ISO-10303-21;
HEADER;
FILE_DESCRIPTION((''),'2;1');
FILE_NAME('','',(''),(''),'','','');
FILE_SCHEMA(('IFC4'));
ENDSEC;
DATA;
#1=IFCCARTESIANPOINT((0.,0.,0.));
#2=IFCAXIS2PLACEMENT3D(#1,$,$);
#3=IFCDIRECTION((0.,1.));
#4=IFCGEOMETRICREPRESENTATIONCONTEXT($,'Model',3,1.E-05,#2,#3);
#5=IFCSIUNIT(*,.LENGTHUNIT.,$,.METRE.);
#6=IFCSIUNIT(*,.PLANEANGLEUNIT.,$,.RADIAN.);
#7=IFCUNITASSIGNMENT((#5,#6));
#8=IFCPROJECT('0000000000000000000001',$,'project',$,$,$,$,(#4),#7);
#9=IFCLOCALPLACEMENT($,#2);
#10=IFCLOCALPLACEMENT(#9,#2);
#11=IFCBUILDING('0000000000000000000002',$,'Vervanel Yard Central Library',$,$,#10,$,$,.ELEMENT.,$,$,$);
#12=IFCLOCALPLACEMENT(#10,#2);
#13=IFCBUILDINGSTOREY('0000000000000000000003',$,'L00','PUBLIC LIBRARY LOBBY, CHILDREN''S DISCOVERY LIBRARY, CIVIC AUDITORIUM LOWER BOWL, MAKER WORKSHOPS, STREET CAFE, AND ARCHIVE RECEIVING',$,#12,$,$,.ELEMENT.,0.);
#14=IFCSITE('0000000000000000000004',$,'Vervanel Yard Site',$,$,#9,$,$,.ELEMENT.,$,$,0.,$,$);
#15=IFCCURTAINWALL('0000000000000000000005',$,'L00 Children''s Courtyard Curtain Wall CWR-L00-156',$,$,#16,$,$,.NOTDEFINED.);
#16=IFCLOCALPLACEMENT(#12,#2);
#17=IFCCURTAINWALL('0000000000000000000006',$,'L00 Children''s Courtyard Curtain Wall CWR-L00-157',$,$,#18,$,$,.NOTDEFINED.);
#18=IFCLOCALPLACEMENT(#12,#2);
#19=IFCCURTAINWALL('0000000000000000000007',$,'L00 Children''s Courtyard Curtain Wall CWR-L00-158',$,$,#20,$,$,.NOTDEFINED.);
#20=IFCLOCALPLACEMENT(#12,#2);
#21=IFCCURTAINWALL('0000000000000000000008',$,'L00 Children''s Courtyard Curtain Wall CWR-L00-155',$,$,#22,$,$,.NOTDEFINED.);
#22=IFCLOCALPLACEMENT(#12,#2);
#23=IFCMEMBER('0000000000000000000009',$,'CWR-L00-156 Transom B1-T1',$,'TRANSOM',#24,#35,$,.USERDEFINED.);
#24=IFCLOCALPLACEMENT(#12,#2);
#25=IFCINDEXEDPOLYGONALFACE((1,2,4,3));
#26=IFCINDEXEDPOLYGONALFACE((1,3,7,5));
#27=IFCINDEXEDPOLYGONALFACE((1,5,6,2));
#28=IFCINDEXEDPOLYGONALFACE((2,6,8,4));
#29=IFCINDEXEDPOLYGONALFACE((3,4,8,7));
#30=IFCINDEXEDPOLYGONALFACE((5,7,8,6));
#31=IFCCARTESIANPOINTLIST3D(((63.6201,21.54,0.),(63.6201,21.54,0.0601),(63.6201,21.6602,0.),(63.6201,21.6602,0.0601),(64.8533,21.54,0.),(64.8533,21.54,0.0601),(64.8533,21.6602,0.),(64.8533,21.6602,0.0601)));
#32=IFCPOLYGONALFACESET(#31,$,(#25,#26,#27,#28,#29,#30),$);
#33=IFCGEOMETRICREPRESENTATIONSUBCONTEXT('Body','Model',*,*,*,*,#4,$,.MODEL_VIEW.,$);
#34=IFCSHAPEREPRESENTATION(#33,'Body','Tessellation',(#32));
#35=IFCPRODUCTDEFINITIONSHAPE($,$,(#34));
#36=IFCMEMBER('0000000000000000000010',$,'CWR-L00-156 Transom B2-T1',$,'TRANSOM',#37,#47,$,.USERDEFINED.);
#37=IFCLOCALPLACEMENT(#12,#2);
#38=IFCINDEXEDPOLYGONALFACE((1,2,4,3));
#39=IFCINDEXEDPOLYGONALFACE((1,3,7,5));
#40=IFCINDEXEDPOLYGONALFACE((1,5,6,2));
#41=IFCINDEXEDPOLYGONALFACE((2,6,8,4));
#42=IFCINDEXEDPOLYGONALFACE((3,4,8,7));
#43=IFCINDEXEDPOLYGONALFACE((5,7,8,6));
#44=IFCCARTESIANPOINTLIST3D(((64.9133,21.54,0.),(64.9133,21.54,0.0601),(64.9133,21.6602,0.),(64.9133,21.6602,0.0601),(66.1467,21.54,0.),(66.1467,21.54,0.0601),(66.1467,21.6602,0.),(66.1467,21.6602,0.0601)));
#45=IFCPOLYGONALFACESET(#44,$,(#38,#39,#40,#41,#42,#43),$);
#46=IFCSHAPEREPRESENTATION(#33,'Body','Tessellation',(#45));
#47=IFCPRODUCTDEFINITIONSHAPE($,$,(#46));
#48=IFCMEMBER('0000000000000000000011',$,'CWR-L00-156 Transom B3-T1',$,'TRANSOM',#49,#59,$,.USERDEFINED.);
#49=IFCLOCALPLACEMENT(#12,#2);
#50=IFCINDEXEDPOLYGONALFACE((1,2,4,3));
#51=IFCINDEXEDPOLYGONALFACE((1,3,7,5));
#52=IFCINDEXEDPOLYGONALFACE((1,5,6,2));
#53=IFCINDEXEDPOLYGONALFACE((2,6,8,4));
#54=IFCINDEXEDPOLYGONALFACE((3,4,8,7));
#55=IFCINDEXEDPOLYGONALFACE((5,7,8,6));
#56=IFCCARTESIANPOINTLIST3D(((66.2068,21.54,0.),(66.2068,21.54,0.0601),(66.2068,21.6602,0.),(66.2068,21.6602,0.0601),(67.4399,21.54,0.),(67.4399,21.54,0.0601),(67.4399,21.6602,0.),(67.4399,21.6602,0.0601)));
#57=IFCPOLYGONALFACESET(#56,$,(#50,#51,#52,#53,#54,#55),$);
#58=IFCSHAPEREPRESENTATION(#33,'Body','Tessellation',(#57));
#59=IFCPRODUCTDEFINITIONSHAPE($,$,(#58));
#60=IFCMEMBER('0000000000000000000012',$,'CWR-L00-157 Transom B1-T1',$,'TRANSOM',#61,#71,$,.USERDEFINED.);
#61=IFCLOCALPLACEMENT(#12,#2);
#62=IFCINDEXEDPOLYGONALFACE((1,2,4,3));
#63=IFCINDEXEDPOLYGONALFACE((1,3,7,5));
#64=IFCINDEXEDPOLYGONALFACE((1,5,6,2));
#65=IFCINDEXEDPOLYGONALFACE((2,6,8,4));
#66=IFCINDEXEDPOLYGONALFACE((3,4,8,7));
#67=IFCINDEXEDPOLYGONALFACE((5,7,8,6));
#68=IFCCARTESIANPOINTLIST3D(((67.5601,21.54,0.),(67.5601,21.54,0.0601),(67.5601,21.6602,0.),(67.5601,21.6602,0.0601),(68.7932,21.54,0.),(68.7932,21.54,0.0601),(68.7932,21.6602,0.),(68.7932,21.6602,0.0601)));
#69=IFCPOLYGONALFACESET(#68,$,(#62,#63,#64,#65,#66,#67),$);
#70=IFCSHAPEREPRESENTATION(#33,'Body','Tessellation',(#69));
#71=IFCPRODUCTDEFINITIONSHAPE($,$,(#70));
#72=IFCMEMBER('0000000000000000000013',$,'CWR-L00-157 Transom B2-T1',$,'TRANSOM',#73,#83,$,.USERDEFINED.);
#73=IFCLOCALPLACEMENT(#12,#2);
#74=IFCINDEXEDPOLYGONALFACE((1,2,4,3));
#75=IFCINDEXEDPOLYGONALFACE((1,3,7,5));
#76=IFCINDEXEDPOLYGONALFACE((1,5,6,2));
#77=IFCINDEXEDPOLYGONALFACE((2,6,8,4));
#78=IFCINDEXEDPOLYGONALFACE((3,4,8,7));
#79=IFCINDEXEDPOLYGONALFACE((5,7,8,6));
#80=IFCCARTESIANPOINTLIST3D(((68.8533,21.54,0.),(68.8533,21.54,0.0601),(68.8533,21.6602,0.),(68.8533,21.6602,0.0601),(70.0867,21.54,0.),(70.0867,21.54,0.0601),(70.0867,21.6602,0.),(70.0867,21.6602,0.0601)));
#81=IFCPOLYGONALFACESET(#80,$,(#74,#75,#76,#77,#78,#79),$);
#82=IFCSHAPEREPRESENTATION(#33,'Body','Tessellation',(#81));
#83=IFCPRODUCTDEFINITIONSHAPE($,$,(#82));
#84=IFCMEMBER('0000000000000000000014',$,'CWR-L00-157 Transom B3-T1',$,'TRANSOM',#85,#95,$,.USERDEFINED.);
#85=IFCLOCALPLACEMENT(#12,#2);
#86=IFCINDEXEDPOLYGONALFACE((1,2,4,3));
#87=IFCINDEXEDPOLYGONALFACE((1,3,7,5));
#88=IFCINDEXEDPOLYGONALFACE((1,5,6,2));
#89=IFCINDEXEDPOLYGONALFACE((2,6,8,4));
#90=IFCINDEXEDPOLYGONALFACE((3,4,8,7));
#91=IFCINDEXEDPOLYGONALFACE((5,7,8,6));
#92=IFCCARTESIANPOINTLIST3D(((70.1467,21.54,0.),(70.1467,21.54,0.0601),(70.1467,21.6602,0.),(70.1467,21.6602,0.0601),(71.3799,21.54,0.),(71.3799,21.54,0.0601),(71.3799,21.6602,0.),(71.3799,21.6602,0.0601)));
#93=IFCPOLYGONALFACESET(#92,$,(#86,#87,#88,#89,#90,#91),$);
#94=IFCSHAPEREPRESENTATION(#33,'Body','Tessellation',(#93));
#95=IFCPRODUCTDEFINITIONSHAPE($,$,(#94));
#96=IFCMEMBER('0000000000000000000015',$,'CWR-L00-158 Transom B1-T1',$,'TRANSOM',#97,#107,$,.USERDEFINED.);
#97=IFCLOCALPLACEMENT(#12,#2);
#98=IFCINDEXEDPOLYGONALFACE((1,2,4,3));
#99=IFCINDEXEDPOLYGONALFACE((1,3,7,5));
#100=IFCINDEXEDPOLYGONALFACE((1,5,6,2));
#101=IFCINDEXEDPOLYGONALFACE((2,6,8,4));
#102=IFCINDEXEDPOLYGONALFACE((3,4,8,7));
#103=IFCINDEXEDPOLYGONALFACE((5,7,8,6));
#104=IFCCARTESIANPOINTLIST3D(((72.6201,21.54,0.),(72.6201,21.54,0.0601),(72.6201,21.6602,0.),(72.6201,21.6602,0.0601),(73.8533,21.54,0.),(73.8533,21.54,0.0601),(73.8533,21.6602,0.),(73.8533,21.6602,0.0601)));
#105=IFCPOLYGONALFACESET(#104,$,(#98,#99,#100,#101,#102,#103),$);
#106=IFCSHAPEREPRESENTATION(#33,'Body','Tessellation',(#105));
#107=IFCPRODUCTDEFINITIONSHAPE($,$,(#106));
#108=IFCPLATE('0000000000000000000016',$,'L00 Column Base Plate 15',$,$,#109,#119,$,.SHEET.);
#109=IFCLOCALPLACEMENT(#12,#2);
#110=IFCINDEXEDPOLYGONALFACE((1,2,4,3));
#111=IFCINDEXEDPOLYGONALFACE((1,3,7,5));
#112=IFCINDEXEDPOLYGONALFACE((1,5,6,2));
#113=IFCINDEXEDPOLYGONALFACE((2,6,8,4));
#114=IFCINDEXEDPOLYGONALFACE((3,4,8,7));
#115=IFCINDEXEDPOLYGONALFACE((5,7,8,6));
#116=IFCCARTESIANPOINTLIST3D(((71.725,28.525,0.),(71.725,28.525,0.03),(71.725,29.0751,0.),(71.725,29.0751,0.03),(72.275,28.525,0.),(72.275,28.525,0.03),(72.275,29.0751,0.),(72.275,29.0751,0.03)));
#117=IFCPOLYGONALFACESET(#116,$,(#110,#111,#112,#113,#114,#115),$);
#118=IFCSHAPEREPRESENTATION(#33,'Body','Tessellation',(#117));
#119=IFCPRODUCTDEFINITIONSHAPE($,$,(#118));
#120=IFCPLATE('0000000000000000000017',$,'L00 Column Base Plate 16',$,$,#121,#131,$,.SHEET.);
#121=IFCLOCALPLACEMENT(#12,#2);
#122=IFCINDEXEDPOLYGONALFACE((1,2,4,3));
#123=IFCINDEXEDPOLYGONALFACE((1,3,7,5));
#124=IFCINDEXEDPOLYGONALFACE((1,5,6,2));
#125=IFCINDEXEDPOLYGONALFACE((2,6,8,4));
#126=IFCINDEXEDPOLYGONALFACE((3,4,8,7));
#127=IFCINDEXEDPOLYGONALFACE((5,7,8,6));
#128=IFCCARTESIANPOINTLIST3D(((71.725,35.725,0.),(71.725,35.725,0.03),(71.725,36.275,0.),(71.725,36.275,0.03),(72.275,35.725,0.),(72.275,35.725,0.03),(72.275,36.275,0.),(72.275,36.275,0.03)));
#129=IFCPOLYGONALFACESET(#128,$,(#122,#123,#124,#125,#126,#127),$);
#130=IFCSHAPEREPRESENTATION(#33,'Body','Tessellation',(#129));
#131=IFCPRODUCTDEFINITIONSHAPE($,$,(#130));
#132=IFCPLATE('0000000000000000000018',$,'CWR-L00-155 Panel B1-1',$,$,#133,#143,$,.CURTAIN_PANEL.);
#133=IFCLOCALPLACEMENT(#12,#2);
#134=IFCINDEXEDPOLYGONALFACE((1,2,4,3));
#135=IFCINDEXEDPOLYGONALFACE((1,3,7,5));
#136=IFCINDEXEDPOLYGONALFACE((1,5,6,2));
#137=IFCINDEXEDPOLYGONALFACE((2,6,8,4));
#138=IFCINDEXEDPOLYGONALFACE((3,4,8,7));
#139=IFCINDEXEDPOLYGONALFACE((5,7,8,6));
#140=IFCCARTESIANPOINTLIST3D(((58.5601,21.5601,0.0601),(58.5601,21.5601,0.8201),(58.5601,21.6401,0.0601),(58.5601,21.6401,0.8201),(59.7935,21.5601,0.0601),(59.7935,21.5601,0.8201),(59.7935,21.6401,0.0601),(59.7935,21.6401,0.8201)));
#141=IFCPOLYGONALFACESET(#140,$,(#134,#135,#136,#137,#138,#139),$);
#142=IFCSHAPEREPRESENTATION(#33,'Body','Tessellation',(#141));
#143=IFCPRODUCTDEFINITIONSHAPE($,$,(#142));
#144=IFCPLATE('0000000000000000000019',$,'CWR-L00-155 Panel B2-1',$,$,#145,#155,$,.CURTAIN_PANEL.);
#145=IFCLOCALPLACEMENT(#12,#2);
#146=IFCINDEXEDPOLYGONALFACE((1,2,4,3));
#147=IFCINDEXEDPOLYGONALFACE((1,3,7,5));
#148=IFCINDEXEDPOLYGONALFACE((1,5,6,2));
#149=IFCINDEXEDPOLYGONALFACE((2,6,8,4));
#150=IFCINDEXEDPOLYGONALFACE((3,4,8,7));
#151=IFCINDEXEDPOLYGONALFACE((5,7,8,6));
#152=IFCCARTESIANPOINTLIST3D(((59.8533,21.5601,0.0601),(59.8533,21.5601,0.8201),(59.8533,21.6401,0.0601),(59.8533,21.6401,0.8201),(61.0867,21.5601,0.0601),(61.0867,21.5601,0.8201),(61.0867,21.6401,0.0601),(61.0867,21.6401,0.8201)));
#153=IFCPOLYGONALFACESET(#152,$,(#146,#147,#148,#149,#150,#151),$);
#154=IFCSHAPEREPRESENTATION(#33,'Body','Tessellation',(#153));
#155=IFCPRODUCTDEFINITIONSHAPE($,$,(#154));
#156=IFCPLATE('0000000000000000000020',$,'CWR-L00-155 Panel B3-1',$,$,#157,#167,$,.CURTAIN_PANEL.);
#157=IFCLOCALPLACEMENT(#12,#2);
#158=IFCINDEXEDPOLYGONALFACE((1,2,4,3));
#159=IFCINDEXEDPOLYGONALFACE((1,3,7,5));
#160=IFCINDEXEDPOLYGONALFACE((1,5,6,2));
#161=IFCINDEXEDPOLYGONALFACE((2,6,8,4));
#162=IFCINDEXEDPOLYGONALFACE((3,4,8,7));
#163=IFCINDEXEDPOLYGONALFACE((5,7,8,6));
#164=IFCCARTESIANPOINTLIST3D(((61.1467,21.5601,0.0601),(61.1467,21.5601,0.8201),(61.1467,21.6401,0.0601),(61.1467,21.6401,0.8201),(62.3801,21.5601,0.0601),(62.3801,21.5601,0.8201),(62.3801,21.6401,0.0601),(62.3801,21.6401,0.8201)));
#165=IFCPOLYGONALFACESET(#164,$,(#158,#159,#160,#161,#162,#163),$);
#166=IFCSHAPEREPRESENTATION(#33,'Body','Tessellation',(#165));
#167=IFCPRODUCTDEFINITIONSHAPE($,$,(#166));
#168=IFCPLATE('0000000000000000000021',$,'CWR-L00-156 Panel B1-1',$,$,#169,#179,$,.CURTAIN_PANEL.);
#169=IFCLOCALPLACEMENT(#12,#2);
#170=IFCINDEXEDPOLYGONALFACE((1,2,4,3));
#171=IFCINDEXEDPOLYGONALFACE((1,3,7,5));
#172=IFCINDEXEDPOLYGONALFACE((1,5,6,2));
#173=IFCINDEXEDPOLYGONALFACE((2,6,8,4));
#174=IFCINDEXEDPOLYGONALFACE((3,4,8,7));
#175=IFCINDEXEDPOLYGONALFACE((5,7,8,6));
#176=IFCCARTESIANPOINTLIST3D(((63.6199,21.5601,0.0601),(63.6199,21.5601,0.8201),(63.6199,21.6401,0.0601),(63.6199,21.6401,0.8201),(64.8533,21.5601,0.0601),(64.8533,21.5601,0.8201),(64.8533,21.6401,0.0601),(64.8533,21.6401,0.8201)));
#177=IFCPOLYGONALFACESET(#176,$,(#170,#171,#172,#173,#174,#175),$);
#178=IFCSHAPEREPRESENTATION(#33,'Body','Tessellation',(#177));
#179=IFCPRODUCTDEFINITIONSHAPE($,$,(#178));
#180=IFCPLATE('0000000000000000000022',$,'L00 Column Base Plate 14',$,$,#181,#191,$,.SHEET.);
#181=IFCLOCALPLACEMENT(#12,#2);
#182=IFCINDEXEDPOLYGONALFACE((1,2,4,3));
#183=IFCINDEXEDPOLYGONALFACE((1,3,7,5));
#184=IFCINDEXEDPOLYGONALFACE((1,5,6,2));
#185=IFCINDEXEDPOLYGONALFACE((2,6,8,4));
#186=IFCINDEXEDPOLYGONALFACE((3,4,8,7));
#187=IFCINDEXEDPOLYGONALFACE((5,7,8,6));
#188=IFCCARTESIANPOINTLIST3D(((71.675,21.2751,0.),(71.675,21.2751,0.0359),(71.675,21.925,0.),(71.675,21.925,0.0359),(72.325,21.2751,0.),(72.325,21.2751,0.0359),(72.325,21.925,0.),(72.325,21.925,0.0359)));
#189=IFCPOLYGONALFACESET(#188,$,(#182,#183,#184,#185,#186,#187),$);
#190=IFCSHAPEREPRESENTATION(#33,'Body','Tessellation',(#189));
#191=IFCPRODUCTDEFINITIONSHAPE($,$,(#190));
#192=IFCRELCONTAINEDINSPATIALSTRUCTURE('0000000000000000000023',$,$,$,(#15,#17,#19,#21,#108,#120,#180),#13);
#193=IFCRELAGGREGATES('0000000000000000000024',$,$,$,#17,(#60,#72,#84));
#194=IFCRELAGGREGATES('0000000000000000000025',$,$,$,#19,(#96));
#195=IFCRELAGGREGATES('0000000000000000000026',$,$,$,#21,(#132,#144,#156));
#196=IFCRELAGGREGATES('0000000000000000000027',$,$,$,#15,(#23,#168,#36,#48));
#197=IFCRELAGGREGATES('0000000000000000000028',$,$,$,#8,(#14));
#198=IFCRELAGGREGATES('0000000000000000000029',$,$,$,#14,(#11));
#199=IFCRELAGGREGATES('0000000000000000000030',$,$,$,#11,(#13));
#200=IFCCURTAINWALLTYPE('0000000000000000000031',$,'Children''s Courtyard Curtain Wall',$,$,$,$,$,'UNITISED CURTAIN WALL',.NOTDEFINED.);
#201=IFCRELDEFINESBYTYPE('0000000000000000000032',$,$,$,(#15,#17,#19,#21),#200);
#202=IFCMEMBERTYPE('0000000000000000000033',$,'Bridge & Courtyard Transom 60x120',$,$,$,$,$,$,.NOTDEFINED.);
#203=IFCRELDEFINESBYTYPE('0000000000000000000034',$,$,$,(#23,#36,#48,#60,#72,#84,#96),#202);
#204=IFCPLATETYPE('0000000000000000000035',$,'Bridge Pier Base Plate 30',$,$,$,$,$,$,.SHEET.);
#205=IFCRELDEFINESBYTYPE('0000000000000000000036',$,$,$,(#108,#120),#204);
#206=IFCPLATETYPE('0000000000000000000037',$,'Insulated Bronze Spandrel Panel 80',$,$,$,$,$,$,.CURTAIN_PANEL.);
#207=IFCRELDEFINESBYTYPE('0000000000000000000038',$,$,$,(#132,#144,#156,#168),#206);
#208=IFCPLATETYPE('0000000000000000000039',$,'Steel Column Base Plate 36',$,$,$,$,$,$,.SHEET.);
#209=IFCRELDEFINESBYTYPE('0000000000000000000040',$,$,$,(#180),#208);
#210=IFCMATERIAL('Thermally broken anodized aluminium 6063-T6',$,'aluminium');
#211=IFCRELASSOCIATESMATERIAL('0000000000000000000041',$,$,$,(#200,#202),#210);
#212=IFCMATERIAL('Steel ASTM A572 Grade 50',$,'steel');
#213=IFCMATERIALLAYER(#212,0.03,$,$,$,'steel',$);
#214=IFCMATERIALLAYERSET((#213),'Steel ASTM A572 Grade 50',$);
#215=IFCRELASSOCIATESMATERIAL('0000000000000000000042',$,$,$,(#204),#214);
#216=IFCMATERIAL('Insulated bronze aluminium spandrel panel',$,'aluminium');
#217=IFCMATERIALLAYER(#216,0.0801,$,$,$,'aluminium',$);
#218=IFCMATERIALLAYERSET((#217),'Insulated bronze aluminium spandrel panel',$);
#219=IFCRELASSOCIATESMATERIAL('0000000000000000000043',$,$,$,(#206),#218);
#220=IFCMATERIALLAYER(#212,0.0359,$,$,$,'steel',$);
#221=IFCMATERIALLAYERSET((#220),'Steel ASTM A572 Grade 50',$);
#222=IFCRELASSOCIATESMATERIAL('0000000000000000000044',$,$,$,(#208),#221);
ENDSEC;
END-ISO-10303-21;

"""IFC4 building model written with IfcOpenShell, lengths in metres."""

from ifc_helpers import new_model, si_unit, direction, frame, origin, origin_2d, place, context, subcontext, project, spatial, rectangle, extrude, material, layer, layer_set, material_profile, profile_set, type_object, element, aggregate, save


model = new_model("IFC4")

# Units and contexts
model_context = context("Model", 3, precision=1e-05, world=origin(), true_north=direction((0.0, 1.0)))
body_context = subcontext(model_context, "Body", "Model", "MODEL_VIEW")
ifc_project = project(units=[si_unit("LENGTHUNIT", "METRE"), si_unit("PLANEANGLEUNIT", "RADIAN")], contexts=[model_context])

# Site, building, storey
site_placement = place(None, origin())
site = spatial("IfcSite", under=ifc_project, at=site_placement, Name="Vervanel Yard Site", CompositionType="ELEMENT", RefElevation=0.0)
building_placement = place(site_placement, origin())
building = spatial("IfcBuilding", under=site, at=building_placement, Name="Vervanel Yard Central Library", CompositionType="ELEMENT")
storey_placement = place(building_placement, origin())
storey = spatial("IfcBuildingStorey", under=building, at=storey_placement, Name="L00", Description="PUBLIC LIBRARY LOBBY, CHILDREN'S DISCOVERY LIBRARY, CIVIC AUDITORIUM LOWER BOWL, MAKER WORKSHOPS, STREET CAFE, AND ARCHIVE RECEIVING", CompositionType="ELEMENT", Elevation=0.0)

# Curtain walls
ifc_material_1 = material(Name="Thermally broken anodized aluminium 6063-T6", Category="aluminium")
curtain_wall_type = type_object("IfcCurtainWallType", Name="Children's Courtyard Curtain Wall", ElementType="UNITISED CURTAIN WALL", PredefinedType="NOTDEFINED", material=ifc_material_1)
curtain_wall_1_placement = place(storey_placement, origin())
curtain_wall_1 = element("IfcCurtainWall", 1, at=curtain_wall_1_placement, inside=storey, type_object=curtain_wall_type, Name="L00 Children's Courtyard Curtain Wall CWR-L00-156", PredefinedType="NOTDEFINED")
curtain_wall_2_placement = place(storey_placement, origin())
curtain_wall_2 = element("IfcCurtainWall", 2, at=curtain_wall_2_placement, inside=storey, type_object=curtain_wall_type, Name="L00 Children's Courtyard Curtain Wall CWR-L00-157", PredefinedType="NOTDEFINED")

# Curtain wall
curtain_wall_3_placement = place(storey_placement, origin())
curtain_wall_3 = element("IfcCurtainWall", 3, at=curtain_wall_3_placement, inside=storey, type_object=curtain_wall_type, Name="L00 Children's Courtyard Curtain Wall CWR-L00-158", PredefinedType="NOTDEFINED")

# Curtain wall
curtain_wall_4_placement = place(storey_placement, origin())
curtain_wall_4 = element("IfcCurtainWall", 4, at=curtain_wall_4_placement, inside=storey, type_object=curtain_wall_type, Name="L00 Children's Courtyard Curtain Wall CWR-L00-155", PredefinedType="NOTDEFINED")
ifc_material_profile_1 = material_profile(ifc_material_1, rectangle(XDim=0.0601, YDim=0.1201, at=origin_2d()), Name="ALU 60x120", Category="aluminium")
ifc_profile_set_1 = profile_set([ifc_material_profile_1], Name="Thermally broken anodized aluminium 6063-T6")
member_type_1 = type_object("IfcMemberType", Name="Bridge & Courtyard Transom 60x120", PredefinedType="NOTDEFINED", material=ifc_profile_set_1)

# Members
member_1_placement = place(storey_placement, frame((63.6201, 21.6001, 0.03), z_axis=(1.0, 0.0, 0.0), x_axis=(0.0, 0.0, 1.0)))
member_1 = element("IfcMember", 5, at=member_1_placement, type_object=member_type_1, Name="CWR-L00-156 Transom B1-T1", ObjectType="TRANSOM", PredefinedType="USERDEFINED", context=body_context, shape_type="SweptSolid", body=[
    extrude(rectangle(XDim=0.0601, YDim=0.1201, at=origin_2d()), origin(), (0.0, 0.0, 1.0), 1.2332),
])
member_2_placement = place(storey_placement, frame((64.9133, 21.6001, 0.03), z_axis=(1.0, 0.0, 0.0), x_axis=(0.0, 0.0, 1.0)))
member_2 = element("IfcMember", 6, at=member_2_placement, type_object=member_type_1, Name="CWR-L00-156 Transom B2-T1", ObjectType="TRANSOM", PredefinedType="USERDEFINED", context=body_context, shape_type="SweptSolid", body=[
    extrude(rectangle(XDim=0.0601, YDim=0.1201, at=origin_2d()), origin(), (0.0, 0.0, 1.0), 1.2334),
])
member_3_placement = place(storey_placement, frame((66.2068, 21.6001, 0.03), z_axis=(1.0, 0.0, 0.0), x_axis=(0.0, 0.0, 1.0)))
member_3 = element("IfcMember", 7, at=member_3_placement, type_object=member_type_1, Name="CWR-L00-156 Transom B3-T1", ObjectType="TRANSOM", PredefinedType="USERDEFINED", context=body_context, shape_type="SweptSolid", body=[
    extrude(rectangle(XDim=0.0601, YDim=0.1201, at=origin_2d()), origin(), (0.0, 0.0, 1.0), 1.2332),
])
member_4_placement = place(storey_placement, frame((67.5601, 21.6001, 0.03), z_axis=(1.0, 0.0, 0.0), x_axis=(0.0, 0.0, 1.0)))
member_4 = element("IfcMember", 8, at=member_4_placement, type_object=member_type_1, Name="CWR-L00-157 Transom B1-T1", ObjectType="TRANSOM", PredefinedType="USERDEFINED", context=body_context, shape_type="SweptSolid", body=[
    extrude(rectangle(XDim=0.0601, YDim=0.1201, at=origin_2d()), origin(), (0.0, 0.0, 1.0), 1.2332),
])
member_5_placement = place(storey_placement, frame((68.8533, 21.6001, 0.03), z_axis=(1.0, 0.0, 0.0), x_axis=(0.0, 0.0, 1.0)))
member_5 = element("IfcMember", 9, at=member_5_placement, type_object=member_type_1, Name="CWR-L00-157 Transom B2-T1", ObjectType="TRANSOM", PredefinedType="USERDEFINED", context=body_context, shape_type="SweptSolid", body=[
    extrude(rectangle(XDim=0.0601, YDim=0.1201, at=origin_2d()), origin(), (0.0, 0.0, 1.0), 1.2334),
])
member_6_placement = place(storey_placement, frame((70.1467, 21.6001, 0.03), z_axis=(1.0, 0.0, 0.0), x_axis=(0.0, 0.0, 1.0)))
member_6 = element("IfcMember", 10, at=member_6_placement, type_object=member_type_1, Name="CWR-L00-157 Transom B3-T1", ObjectType="TRANSOM", PredefinedType="USERDEFINED", context=body_context, shape_type="SweptSolid", body=[
    extrude(rectangle(XDim=0.0601, YDim=0.1201, at=origin_2d()), origin(), (0.0, 0.0, 1.0), 1.2332),
])
aggregate(curtain_wall_2, [member_4, member_5, member_6])
member_7_placement = place(storey_placement, frame((72.6201, 21.6001, 0.03), z_axis=(1.0, 0.0, 0.0), x_axis=(0.0, 0.0, 1.0)))
member_7 = element("IfcMember", 11, at=member_7_placement, type_object=member_type_1, Name="CWR-L00-158 Transom B1-T1", ObjectType="TRANSOM", PredefinedType="USERDEFINED", context=body_context, shape_type="SweptSolid", body=[
    extrude(rectangle(XDim=0.0601, YDim=0.1201, at=origin_2d()), origin(), (0.0, 0.0, 1.0), 1.2332),
])
aggregate(curtain_wall_3, [member_7])

# Plates
ifc_material_2 = material(Name="Steel ASTM A572 Grade 50", Category="steel")
ifc_layer_1 = layer(ifc_material_2, 0.03, Category="steel")
ifc_layer_set_1 = layer_set([ifc_layer_1], Name="Steel ASTM A572 Grade 50")
plate_type_1 = type_object("IfcPlateType", Name="Bridge Pier Base Plate 30", PredefinedType="SHEET", material=ifc_layer_set_1)
for number, where, z_axis, x_axis, name in (
    (12, (72.0, 28.8, 0.0), (0.0, 0.0, 1.0), (1.0, 0.0, 0.0), "L00 Column Base Plate 15"),
    (13, (72.0, 36.0, 0.0), (0.0, 0.0, 1.0), (1.0, 0.0, 0.0), "L00 Column Base Plate 16"),
):
    element("IfcPlate", number, at=place(storey_placement, frame(where, z_axis=z_axis, x_axis=x_axis)), inside=storey, type_object=plate_type_1, Name=name, PredefinedType="SHEET", context=body_context, shape_type="SweptSolid", body=[
        extrude(rectangle(XDim=0.55, YDim=0.55, at=origin_2d()), origin(), (0.0, 0.0, 1.0), 0.03),
    ])

# Plates
ifc_material_3 = material(Name="Insulated bronze aluminium spandrel panel", Category="aluminium")
ifc_layer_2 = layer(ifc_material_3, 0.0801, Category="aluminium")
ifc_layer_set_2 = layer_set([ifc_layer_2], Name="Insulated bronze aluminium spandrel panel")
plate_type_2 = type_object("IfcPlateType", Name="Insulated Bronze Spandrel Panel 80", PredefinedType="CURTAIN_PANEL", material=ifc_layer_set_2)
plate_1_placement = place(storey_placement, frame((59.1768, 21.6001, 0.0601), z_axis=(0.0, 0.0, 1.0), x_axis=(1.0, 0.0, 0.0)))
plate_1 = element("IfcPlate", 14, at=plate_1_placement, type_object=plate_type_2, Name="CWR-L00-155 Panel B1-1", PredefinedType="CURTAIN_PANEL", context=body_context, shape_type="SweptSolid", body=[
    extrude(rectangle(XDim=1.2334, YDim=0.0801, at=origin_2d()), origin(), (0.0, 0.0, 1.0), 0.76),
])
plate_2_placement = place(storey_placement, frame((60.47, 21.6001, 0.0601), z_axis=(0.0, 0.0, 1.0), x_axis=(1.0, 0.0, 0.0)))
plate_2 = element("IfcPlate", 15, at=plate_2_placement, type_object=plate_type_2, Name="CWR-L00-155 Panel B2-1", PredefinedType="CURTAIN_PANEL", context=body_context, shape_type="SweptSolid", body=[
    extrude(rectangle(XDim=1.2334, YDim=0.0801, at=origin_2d()), origin(), (0.0, 0.0, 1.0), 0.76),
])
plate_3_placement = place(storey_placement, frame((61.7634, 21.6001, 0.0601), z_axis=(0.0, 0.0, 1.0), x_axis=(1.0, 0.0, 0.0)))
plate_3 = element("IfcPlate", 16, at=plate_3_placement, type_object=plate_type_2, Name="CWR-L00-155 Panel B3-1", PredefinedType="CURTAIN_PANEL", context=body_context, shape_type="SweptSolid", body=[
    extrude(rectangle(XDim=1.2334, YDim=0.0801, at=origin_2d()), origin(), (0.0, 0.0, 1.0), 0.76),
])
aggregate(curtain_wall_4, [plate_1, plate_2, plate_3])
plate_4_placement = place(storey_placement, frame((64.2366, 21.6001, 0.0601), z_axis=(0.0, 0.0, 1.0), x_axis=(1.0, 0.0, 0.0)))
plate_4 = element("IfcPlate", 17, at=plate_4_placement, type_object=plate_type_2, Name="CWR-L00-156 Panel B1-1", PredefinedType="CURTAIN_PANEL", context=body_context, shape_type="SweptSolid", body=[
    extrude(rectangle(XDim=1.2334, YDim=0.0801, at=origin_2d()), origin(), (0.0, 0.0, 1.0), 0.76),
])
aggregate(curtain_wall_1, [member_1, plate_4, member_2, member_3])
ifc_layer_3 = layer(ifc_material_2, 0.0359, Category="steel")
ifc_layer_set_3 = layer_set([ifc_layer_3], Name="Steel ASTM A572 Grade 50")
plate_type_3 = type_object("IfcPlateType", Name="Steel Column Base Plate 36", PredefinedType="SHEET", material=ifc_layer_set_3)
plate_5_placement = place(storey_placement, frame((72.0, 21.6001, 0.0), z_axis=(0.0, 0.0, 1.0), x_axis=(1.0, 0.0, 0.0)))
element("IfcPlate", 18, at=plate_5_placement, inside=storey, type_object=plate_type_3, Name="L00 Column Base Plate 14", PredefinedType="SHEET", context=body_context, shape_type="SweptSolid", body=[
    extrude(rectangle(XDim=0.6499, YDim=0.6499, at=origin_2d()), origin(), (0.0, 0.0, 1.0), 0.0359),
])

save(model, "model.ifc")
